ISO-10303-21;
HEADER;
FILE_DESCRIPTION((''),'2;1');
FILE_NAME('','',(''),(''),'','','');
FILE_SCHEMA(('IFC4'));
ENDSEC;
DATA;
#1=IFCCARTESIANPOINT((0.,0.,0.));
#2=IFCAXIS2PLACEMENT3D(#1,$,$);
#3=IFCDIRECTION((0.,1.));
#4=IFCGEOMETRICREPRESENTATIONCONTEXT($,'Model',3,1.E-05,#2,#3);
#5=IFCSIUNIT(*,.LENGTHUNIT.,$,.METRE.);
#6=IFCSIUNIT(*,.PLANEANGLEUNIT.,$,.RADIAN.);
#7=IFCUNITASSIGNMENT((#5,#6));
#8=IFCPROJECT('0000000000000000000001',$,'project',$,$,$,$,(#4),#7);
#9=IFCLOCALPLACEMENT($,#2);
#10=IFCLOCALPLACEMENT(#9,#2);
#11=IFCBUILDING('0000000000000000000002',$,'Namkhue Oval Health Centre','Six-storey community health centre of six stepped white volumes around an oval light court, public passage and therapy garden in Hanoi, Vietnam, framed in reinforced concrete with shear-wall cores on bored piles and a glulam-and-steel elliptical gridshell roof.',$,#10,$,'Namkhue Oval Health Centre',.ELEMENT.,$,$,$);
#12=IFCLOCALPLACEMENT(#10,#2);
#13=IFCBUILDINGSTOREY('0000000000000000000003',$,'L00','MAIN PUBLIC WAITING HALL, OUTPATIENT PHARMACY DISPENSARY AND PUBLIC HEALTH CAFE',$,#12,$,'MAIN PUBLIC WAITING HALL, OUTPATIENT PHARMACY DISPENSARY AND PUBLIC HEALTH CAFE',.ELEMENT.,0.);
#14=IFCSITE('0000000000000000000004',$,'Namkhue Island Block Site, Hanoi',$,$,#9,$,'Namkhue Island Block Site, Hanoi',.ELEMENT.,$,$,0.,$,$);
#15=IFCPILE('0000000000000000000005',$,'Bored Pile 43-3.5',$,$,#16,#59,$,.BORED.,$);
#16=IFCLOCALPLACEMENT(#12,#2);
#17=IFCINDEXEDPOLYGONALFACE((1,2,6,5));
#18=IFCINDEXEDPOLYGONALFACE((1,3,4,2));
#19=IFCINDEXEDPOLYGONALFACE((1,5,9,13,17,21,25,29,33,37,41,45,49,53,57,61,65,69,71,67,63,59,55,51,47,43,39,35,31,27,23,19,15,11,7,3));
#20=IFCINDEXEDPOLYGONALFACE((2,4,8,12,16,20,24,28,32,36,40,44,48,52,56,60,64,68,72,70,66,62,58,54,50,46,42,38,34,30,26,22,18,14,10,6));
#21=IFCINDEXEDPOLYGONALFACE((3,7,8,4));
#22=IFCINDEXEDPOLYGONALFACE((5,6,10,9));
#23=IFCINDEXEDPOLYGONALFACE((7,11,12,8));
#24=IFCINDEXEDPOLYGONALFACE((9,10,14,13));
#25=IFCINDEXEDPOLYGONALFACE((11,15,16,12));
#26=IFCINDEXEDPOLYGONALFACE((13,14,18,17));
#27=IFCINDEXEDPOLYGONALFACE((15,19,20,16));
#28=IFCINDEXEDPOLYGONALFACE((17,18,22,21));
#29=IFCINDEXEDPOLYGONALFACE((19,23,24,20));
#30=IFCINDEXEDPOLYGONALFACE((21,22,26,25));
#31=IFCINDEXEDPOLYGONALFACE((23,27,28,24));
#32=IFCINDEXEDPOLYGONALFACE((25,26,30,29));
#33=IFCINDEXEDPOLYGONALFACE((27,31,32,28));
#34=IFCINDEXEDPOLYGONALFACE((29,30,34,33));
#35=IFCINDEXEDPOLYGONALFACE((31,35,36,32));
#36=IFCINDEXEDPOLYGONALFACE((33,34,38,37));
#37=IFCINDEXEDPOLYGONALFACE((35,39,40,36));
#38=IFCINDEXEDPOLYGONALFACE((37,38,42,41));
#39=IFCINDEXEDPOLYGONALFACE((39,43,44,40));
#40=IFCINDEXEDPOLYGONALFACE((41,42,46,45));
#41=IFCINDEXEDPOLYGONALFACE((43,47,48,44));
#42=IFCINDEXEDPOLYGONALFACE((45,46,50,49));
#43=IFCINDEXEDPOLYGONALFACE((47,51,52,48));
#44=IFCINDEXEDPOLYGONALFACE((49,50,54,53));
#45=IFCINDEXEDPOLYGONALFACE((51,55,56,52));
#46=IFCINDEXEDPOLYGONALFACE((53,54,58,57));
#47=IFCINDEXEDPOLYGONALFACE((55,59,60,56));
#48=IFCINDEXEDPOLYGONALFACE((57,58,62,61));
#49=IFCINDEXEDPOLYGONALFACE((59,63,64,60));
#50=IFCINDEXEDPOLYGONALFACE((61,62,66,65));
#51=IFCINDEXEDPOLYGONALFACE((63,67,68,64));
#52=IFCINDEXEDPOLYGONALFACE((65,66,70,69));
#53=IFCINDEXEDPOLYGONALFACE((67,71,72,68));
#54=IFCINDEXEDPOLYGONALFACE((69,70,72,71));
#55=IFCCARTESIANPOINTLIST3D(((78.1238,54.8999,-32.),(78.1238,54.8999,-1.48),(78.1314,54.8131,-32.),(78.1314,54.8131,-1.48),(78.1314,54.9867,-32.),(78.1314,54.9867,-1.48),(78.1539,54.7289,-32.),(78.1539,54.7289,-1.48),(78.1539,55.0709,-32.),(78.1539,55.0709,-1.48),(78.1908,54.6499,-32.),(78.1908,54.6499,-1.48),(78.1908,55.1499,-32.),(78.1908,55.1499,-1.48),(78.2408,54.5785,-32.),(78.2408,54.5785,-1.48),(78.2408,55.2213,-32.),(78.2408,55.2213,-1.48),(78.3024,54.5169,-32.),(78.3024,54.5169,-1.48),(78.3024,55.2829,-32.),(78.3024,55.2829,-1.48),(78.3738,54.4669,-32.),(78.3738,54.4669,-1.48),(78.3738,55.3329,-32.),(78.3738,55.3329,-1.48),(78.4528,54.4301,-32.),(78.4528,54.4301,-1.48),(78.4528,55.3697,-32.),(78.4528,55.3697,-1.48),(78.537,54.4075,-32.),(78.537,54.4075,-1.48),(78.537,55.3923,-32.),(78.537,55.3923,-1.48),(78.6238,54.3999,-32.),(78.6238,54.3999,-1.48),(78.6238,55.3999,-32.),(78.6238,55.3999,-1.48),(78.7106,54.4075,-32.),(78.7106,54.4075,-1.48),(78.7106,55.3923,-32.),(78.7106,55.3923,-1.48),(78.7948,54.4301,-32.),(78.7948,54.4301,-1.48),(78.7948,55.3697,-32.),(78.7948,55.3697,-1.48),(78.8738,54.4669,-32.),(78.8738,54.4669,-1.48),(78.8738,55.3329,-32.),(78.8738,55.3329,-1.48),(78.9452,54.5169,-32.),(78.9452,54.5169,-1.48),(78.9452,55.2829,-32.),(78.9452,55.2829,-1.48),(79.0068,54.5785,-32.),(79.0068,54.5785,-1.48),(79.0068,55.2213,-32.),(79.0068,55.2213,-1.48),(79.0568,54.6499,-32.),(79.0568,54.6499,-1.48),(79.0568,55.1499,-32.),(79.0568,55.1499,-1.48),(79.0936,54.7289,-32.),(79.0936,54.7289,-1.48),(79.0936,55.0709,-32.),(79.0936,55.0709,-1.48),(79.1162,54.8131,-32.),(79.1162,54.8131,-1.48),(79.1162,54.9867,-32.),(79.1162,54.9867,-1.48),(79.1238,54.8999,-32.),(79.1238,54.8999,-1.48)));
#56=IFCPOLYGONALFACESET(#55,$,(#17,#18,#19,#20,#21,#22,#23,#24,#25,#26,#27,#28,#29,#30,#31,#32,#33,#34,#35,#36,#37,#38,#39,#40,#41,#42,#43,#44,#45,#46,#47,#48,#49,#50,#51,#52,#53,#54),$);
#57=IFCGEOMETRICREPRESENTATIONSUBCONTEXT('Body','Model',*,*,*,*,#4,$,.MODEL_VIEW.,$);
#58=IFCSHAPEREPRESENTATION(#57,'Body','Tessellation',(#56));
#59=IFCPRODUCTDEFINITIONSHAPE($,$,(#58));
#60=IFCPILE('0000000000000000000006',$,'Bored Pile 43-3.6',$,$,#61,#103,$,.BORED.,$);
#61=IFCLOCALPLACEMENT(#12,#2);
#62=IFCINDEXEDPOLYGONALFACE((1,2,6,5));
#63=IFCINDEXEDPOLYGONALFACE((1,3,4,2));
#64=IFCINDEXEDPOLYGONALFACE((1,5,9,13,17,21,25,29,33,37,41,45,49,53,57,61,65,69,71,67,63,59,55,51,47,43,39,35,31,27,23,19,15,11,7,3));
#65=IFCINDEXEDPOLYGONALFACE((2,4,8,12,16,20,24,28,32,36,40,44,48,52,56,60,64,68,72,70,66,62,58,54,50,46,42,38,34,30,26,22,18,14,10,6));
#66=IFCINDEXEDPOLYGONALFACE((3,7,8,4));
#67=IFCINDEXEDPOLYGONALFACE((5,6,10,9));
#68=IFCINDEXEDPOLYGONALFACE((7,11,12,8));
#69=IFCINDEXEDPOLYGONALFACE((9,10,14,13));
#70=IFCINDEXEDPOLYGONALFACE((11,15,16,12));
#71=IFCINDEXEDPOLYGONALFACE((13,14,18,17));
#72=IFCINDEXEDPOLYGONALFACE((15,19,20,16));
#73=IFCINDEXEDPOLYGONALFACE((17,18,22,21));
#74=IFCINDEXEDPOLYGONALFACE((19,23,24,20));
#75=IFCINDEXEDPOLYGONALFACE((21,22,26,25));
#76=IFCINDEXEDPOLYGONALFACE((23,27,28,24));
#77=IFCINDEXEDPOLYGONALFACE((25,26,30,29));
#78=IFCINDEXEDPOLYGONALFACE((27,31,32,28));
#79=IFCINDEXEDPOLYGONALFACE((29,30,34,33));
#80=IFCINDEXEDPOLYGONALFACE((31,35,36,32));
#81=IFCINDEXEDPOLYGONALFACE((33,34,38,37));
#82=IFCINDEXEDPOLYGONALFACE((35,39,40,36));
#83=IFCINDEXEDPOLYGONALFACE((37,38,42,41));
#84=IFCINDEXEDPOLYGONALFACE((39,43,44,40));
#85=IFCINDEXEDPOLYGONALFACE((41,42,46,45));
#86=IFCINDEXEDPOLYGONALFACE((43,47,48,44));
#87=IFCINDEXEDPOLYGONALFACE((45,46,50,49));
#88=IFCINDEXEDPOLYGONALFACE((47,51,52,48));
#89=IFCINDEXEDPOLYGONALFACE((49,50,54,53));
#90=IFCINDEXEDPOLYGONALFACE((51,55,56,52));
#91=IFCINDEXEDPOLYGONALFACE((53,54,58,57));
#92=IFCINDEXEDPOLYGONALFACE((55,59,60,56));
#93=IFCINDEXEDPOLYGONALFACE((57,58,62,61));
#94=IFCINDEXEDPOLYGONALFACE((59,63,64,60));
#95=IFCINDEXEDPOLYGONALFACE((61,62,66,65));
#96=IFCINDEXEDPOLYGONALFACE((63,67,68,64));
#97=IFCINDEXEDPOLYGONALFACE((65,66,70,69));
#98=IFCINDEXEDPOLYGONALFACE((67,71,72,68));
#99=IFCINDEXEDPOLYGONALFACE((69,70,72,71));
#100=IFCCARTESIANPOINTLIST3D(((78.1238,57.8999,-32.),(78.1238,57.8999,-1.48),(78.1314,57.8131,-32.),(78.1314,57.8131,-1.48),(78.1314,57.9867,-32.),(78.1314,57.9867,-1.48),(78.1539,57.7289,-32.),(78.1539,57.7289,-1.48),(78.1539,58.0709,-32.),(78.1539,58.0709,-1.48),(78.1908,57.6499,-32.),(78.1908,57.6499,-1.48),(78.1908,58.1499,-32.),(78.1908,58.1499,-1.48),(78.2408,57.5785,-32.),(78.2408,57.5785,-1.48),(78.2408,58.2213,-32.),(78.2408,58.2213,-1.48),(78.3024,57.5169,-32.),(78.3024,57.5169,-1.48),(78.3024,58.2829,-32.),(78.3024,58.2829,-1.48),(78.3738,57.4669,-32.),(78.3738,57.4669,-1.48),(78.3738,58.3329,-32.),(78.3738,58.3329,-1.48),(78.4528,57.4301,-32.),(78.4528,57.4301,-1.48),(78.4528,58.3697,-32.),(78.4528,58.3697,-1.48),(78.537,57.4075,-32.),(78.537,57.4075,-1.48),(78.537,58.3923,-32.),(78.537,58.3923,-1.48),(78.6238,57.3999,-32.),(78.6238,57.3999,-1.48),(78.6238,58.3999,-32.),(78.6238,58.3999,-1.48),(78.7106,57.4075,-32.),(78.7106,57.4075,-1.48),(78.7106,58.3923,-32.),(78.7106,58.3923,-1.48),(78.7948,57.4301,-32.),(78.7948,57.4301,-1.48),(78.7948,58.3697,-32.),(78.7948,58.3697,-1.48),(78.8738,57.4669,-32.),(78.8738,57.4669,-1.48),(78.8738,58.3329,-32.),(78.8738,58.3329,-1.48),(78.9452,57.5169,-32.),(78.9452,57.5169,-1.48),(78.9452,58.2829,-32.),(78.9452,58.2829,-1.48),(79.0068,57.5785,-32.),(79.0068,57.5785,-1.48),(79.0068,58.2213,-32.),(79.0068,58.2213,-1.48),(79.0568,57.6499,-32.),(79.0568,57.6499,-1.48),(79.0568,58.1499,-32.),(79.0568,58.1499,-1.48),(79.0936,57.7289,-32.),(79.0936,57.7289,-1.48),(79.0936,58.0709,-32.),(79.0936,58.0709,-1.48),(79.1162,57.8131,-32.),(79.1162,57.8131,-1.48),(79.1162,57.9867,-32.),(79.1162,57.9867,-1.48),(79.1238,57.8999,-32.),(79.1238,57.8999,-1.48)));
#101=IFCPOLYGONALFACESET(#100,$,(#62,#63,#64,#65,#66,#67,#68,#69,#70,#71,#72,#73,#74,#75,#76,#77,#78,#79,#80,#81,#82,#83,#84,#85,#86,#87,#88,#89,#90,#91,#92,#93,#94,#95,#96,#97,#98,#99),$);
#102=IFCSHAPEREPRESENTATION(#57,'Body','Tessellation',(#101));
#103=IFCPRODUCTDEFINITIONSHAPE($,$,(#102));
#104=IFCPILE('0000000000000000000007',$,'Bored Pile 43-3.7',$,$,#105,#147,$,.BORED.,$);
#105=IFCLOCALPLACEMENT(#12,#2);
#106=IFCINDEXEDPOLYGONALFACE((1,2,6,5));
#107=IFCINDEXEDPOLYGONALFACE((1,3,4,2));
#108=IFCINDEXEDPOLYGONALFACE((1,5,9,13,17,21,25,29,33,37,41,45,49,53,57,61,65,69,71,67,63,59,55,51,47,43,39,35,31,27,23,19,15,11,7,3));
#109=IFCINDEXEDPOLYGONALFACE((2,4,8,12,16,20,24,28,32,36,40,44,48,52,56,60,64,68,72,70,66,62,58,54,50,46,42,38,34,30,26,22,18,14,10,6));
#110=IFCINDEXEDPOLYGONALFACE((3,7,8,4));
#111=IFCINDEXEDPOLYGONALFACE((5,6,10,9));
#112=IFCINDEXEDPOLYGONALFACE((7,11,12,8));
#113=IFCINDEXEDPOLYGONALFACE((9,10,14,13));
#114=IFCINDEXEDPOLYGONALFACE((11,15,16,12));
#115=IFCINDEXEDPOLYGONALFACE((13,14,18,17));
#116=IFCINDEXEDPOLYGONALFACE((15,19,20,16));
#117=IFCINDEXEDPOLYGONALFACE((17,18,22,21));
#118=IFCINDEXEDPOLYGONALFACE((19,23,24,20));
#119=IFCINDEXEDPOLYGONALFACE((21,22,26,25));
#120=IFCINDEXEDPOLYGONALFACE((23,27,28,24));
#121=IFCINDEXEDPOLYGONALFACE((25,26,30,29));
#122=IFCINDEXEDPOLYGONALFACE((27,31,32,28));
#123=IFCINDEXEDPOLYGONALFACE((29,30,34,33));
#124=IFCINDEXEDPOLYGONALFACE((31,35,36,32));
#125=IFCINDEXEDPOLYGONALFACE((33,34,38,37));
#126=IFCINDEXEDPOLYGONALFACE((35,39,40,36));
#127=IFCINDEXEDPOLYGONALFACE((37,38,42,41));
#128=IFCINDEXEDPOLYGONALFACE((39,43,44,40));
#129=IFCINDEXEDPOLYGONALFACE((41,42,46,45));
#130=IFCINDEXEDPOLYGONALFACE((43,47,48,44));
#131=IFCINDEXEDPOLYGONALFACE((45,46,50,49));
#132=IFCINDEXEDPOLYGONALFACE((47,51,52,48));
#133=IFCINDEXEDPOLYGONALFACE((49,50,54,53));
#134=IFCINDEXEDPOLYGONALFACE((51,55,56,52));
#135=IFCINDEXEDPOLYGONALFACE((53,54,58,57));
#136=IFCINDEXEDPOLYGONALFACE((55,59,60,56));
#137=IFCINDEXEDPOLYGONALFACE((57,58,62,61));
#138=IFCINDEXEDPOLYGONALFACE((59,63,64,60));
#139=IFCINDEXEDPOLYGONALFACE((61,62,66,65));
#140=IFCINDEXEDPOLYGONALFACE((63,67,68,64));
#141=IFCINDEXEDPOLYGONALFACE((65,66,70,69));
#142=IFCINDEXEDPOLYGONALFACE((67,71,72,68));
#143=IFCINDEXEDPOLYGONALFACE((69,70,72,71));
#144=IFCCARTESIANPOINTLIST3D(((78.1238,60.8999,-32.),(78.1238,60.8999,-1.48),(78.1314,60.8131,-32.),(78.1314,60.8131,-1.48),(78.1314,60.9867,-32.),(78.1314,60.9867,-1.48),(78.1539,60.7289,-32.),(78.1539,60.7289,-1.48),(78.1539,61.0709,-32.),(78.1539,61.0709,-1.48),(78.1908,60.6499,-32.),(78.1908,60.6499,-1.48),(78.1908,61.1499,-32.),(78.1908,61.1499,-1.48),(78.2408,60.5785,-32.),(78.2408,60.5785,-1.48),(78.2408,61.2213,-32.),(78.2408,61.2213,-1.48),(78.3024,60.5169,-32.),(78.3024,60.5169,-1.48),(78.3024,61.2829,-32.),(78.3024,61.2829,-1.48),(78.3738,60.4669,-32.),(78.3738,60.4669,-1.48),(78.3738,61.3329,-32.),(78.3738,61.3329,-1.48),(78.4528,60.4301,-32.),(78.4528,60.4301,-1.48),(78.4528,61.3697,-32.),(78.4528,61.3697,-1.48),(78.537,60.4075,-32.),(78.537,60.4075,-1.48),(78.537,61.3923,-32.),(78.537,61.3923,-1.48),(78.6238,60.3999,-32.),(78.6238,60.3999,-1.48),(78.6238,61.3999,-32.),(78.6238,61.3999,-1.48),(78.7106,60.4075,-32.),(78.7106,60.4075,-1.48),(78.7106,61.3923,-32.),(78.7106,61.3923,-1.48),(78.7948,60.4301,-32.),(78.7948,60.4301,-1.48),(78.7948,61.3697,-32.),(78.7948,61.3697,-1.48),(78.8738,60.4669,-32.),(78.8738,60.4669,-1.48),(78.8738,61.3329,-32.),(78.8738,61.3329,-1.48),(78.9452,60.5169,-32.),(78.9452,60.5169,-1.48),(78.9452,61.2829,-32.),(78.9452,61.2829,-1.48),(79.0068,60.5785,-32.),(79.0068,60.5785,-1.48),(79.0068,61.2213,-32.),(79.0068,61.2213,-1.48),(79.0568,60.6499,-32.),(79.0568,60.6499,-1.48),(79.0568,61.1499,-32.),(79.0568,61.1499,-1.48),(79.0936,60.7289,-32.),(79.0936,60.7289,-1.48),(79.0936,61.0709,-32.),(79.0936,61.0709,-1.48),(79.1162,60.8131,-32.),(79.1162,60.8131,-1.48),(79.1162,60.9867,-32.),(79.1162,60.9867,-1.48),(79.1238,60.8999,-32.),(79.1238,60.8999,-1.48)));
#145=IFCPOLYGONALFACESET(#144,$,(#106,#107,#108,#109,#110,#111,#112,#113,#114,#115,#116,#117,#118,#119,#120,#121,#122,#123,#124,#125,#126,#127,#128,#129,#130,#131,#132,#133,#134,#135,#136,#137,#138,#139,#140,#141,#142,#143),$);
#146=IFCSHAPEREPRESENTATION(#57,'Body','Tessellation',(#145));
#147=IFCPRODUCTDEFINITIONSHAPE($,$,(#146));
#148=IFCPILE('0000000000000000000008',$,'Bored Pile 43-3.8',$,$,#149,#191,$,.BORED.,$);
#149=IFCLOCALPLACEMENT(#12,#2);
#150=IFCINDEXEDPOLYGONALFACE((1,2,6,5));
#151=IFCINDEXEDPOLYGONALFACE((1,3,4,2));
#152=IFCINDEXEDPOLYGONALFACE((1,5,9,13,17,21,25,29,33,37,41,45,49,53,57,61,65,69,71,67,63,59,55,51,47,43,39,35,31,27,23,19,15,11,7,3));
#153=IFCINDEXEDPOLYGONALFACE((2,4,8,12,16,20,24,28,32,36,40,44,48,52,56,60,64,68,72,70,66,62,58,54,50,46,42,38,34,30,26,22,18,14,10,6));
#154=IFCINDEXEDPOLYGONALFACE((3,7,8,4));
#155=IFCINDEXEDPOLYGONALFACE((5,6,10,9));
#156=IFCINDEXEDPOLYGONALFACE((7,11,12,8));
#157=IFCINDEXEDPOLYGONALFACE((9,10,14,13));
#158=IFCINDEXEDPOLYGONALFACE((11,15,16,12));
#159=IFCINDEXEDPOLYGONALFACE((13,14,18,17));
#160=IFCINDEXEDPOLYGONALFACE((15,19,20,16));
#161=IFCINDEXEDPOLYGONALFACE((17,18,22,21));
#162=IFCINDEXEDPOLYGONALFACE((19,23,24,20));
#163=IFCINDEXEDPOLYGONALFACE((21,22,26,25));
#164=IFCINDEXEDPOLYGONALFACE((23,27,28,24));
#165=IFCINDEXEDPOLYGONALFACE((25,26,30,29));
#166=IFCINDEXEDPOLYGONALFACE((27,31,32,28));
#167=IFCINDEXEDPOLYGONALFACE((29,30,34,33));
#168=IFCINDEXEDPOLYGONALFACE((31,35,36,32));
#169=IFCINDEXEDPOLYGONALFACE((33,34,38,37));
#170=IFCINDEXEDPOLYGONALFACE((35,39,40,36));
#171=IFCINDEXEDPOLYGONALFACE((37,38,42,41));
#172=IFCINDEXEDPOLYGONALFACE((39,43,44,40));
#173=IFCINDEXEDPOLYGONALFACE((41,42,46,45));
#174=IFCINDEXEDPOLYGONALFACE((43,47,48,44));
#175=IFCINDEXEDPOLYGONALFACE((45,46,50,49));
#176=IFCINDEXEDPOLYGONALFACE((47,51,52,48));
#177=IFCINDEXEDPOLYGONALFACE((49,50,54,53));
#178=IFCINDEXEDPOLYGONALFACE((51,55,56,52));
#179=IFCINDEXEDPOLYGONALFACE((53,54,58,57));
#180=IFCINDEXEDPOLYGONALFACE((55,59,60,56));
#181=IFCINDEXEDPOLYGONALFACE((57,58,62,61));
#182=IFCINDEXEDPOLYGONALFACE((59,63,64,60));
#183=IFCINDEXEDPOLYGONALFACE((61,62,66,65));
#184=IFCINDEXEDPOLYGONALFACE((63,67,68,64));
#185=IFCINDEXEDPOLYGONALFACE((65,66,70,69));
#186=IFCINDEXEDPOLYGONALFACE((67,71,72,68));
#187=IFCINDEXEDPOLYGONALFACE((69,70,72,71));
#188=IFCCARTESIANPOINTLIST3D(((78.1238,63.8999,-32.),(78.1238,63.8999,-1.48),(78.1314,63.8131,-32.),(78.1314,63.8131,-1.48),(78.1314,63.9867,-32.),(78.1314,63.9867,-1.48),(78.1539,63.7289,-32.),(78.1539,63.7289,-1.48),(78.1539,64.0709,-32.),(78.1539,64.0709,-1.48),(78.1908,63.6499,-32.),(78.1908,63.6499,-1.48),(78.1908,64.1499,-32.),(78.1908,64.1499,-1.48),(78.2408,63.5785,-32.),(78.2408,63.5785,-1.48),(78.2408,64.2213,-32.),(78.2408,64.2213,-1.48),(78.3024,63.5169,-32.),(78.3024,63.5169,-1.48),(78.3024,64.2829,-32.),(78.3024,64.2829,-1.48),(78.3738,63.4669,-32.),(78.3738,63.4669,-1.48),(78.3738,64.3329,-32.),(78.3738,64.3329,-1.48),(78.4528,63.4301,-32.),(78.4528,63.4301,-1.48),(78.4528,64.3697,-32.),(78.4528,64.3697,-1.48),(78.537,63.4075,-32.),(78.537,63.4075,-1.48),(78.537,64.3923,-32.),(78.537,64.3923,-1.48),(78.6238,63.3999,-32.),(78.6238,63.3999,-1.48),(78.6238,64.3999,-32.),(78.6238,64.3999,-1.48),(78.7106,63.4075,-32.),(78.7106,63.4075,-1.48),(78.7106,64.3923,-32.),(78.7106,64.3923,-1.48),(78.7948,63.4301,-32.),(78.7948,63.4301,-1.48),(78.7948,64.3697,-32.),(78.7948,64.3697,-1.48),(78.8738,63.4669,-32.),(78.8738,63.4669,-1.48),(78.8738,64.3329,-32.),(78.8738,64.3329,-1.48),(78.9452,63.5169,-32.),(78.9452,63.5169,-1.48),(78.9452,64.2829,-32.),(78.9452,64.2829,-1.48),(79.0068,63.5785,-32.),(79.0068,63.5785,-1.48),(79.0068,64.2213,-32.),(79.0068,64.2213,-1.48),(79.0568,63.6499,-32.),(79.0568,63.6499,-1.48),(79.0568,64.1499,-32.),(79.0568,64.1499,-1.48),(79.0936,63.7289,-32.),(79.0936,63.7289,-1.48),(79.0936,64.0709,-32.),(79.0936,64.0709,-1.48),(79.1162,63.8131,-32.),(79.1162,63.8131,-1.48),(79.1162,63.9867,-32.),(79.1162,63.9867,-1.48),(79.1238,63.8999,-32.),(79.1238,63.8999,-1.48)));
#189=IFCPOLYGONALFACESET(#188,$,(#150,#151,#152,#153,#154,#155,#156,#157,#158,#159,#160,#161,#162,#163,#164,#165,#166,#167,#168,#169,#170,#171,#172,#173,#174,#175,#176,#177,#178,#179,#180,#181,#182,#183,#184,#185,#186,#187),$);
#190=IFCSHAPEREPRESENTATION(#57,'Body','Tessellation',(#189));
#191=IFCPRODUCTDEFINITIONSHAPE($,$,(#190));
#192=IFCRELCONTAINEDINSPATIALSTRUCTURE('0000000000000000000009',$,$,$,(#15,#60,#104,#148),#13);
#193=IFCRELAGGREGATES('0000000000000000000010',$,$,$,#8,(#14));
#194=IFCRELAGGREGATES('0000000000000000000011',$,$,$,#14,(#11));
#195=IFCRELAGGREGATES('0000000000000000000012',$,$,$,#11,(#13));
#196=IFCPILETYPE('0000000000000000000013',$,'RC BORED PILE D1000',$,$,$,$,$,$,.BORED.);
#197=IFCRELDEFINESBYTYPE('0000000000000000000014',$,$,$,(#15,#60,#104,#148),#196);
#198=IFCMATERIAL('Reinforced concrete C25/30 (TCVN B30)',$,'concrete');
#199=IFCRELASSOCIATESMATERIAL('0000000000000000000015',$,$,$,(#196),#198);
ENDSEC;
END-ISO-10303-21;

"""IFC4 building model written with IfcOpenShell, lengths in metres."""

from ifc_helpers import new_model, si_unit, direction, frame, origin, origin_2d, place, context, subcontext, project, spatial, circle, extrude, material, material_profile, profile_set, type_object, element, save


model = new_model("IFC4")

# Units and contexts
model_context = context("Model", 3, precision=1e-05, world=origin(), true_north=direction((0.0, 1.0)))
body_context = subcontext(model_context, "Body", "Model", "MODEL_VIEW")
ifc_project = project(units=[si_unit("LENGTHUNIT", "METRE"), si_unit("PLANEANGLEUNIT", "RADIAN")], contexts=[model_context])

# Site, building, storey
site_placement = place(None, origin())
site = spatial("IfcSite", under=ifc_project, at=site_placement, Name="Namkhue Island Block Site, Hanoi", LongName="Namkhue Island Block Site, Hanoi", CompositionType="ELEMENT", RefElevation=0.0)
building_placement = place(site_placement, origin())
building = spatial("IfcBuilding", under=site, at=building_placement, Name="Namkhue Oval Health Centre", Description="Six-storey community health centre of six stepped white volumes around an oval light court, public passage and therapy garden in Hanoi, Vietnam, framed in reinforced concrete with shear-wall cores on bored piles and a glulam-and-steel elliptical gridshell roof.", LongName="Namkhue Oval Health Centre", CompositionType="ELEMENT")
storey_placement = place(building_placement, origin())
storey = spatial("IfcBuildingStorey", under=building, at=storey_placement, Name="L00", Description="MAIN PUBLIC WAITING HALL, OUTPATIENT PHARMACY DISPENSARY AND PUBLIC HEALTH CAFE", LongName="MAIN PUBLIC WAITING HALL, OUTPATIENT PHARMACY DISPENSARY AND PUBLIC HEALTH CAFE", CompositionType="ELEMENT", Elevation=0.0)

# Piles
ifc_material_1 = material(Name="Reinforced concrete C25/30 (TCVN B30)", Category="concrete")
ifc_material_profile_1 = material_profile(ifc_material_1, circle(Radius=0.5, at=origin_2d()), Name="BORED PILE D1000")
ifc_profile_set_1 = profile_set([ifc_material_profile_1], Name="Reinforced concrete C25/30 (TCVN B30)")
pile_type = type_object("IfcPileType", Name="RC BORED PILE D1000", PredefinedType="BORED", material=ifc_profile_set_1)
for number, where, z_axis, x_axis, name in (
    (1, (78.6238, 54.8999, -1.48), (0.0, 0.0, -1.0), (1.0, 0.0, 0.0), "Bored Pile 43-3.5"),
    (2, (78.6238, 57.8999, -1.48), (0.0, 0.0, -1.0), (1.0, 0.0, 0.0), "Bored Pile 43-3.6"),
    (3, (78.6238, 60.8999, -1.48), (0.0, 0.0, -1.0), (1.0, 0.0, 0.0), "Bored Pile 43-3.7"),
    (4, (78.6238, 63.8999, -1.48), (0.0, 0.0, -1.0), (1.0, 0.0, 0.0), "Bored Pile 43-3.8"),
):
    element("IfcPile", number, at=place(storey_placement, frame(where, z_axis=z_axis, x_axis=x_axis)), inside=storey, type_object=pile_type, Name=name, PredefinedType="BORED", context=body_context, shape_type="SweptSolid", body=[
        extrude(circle(Radius=0.5, at=origin_2d()), origin(), (0.0, 0.0, 1.0), 30.52),
    ])

save(model, "model.ifc")
